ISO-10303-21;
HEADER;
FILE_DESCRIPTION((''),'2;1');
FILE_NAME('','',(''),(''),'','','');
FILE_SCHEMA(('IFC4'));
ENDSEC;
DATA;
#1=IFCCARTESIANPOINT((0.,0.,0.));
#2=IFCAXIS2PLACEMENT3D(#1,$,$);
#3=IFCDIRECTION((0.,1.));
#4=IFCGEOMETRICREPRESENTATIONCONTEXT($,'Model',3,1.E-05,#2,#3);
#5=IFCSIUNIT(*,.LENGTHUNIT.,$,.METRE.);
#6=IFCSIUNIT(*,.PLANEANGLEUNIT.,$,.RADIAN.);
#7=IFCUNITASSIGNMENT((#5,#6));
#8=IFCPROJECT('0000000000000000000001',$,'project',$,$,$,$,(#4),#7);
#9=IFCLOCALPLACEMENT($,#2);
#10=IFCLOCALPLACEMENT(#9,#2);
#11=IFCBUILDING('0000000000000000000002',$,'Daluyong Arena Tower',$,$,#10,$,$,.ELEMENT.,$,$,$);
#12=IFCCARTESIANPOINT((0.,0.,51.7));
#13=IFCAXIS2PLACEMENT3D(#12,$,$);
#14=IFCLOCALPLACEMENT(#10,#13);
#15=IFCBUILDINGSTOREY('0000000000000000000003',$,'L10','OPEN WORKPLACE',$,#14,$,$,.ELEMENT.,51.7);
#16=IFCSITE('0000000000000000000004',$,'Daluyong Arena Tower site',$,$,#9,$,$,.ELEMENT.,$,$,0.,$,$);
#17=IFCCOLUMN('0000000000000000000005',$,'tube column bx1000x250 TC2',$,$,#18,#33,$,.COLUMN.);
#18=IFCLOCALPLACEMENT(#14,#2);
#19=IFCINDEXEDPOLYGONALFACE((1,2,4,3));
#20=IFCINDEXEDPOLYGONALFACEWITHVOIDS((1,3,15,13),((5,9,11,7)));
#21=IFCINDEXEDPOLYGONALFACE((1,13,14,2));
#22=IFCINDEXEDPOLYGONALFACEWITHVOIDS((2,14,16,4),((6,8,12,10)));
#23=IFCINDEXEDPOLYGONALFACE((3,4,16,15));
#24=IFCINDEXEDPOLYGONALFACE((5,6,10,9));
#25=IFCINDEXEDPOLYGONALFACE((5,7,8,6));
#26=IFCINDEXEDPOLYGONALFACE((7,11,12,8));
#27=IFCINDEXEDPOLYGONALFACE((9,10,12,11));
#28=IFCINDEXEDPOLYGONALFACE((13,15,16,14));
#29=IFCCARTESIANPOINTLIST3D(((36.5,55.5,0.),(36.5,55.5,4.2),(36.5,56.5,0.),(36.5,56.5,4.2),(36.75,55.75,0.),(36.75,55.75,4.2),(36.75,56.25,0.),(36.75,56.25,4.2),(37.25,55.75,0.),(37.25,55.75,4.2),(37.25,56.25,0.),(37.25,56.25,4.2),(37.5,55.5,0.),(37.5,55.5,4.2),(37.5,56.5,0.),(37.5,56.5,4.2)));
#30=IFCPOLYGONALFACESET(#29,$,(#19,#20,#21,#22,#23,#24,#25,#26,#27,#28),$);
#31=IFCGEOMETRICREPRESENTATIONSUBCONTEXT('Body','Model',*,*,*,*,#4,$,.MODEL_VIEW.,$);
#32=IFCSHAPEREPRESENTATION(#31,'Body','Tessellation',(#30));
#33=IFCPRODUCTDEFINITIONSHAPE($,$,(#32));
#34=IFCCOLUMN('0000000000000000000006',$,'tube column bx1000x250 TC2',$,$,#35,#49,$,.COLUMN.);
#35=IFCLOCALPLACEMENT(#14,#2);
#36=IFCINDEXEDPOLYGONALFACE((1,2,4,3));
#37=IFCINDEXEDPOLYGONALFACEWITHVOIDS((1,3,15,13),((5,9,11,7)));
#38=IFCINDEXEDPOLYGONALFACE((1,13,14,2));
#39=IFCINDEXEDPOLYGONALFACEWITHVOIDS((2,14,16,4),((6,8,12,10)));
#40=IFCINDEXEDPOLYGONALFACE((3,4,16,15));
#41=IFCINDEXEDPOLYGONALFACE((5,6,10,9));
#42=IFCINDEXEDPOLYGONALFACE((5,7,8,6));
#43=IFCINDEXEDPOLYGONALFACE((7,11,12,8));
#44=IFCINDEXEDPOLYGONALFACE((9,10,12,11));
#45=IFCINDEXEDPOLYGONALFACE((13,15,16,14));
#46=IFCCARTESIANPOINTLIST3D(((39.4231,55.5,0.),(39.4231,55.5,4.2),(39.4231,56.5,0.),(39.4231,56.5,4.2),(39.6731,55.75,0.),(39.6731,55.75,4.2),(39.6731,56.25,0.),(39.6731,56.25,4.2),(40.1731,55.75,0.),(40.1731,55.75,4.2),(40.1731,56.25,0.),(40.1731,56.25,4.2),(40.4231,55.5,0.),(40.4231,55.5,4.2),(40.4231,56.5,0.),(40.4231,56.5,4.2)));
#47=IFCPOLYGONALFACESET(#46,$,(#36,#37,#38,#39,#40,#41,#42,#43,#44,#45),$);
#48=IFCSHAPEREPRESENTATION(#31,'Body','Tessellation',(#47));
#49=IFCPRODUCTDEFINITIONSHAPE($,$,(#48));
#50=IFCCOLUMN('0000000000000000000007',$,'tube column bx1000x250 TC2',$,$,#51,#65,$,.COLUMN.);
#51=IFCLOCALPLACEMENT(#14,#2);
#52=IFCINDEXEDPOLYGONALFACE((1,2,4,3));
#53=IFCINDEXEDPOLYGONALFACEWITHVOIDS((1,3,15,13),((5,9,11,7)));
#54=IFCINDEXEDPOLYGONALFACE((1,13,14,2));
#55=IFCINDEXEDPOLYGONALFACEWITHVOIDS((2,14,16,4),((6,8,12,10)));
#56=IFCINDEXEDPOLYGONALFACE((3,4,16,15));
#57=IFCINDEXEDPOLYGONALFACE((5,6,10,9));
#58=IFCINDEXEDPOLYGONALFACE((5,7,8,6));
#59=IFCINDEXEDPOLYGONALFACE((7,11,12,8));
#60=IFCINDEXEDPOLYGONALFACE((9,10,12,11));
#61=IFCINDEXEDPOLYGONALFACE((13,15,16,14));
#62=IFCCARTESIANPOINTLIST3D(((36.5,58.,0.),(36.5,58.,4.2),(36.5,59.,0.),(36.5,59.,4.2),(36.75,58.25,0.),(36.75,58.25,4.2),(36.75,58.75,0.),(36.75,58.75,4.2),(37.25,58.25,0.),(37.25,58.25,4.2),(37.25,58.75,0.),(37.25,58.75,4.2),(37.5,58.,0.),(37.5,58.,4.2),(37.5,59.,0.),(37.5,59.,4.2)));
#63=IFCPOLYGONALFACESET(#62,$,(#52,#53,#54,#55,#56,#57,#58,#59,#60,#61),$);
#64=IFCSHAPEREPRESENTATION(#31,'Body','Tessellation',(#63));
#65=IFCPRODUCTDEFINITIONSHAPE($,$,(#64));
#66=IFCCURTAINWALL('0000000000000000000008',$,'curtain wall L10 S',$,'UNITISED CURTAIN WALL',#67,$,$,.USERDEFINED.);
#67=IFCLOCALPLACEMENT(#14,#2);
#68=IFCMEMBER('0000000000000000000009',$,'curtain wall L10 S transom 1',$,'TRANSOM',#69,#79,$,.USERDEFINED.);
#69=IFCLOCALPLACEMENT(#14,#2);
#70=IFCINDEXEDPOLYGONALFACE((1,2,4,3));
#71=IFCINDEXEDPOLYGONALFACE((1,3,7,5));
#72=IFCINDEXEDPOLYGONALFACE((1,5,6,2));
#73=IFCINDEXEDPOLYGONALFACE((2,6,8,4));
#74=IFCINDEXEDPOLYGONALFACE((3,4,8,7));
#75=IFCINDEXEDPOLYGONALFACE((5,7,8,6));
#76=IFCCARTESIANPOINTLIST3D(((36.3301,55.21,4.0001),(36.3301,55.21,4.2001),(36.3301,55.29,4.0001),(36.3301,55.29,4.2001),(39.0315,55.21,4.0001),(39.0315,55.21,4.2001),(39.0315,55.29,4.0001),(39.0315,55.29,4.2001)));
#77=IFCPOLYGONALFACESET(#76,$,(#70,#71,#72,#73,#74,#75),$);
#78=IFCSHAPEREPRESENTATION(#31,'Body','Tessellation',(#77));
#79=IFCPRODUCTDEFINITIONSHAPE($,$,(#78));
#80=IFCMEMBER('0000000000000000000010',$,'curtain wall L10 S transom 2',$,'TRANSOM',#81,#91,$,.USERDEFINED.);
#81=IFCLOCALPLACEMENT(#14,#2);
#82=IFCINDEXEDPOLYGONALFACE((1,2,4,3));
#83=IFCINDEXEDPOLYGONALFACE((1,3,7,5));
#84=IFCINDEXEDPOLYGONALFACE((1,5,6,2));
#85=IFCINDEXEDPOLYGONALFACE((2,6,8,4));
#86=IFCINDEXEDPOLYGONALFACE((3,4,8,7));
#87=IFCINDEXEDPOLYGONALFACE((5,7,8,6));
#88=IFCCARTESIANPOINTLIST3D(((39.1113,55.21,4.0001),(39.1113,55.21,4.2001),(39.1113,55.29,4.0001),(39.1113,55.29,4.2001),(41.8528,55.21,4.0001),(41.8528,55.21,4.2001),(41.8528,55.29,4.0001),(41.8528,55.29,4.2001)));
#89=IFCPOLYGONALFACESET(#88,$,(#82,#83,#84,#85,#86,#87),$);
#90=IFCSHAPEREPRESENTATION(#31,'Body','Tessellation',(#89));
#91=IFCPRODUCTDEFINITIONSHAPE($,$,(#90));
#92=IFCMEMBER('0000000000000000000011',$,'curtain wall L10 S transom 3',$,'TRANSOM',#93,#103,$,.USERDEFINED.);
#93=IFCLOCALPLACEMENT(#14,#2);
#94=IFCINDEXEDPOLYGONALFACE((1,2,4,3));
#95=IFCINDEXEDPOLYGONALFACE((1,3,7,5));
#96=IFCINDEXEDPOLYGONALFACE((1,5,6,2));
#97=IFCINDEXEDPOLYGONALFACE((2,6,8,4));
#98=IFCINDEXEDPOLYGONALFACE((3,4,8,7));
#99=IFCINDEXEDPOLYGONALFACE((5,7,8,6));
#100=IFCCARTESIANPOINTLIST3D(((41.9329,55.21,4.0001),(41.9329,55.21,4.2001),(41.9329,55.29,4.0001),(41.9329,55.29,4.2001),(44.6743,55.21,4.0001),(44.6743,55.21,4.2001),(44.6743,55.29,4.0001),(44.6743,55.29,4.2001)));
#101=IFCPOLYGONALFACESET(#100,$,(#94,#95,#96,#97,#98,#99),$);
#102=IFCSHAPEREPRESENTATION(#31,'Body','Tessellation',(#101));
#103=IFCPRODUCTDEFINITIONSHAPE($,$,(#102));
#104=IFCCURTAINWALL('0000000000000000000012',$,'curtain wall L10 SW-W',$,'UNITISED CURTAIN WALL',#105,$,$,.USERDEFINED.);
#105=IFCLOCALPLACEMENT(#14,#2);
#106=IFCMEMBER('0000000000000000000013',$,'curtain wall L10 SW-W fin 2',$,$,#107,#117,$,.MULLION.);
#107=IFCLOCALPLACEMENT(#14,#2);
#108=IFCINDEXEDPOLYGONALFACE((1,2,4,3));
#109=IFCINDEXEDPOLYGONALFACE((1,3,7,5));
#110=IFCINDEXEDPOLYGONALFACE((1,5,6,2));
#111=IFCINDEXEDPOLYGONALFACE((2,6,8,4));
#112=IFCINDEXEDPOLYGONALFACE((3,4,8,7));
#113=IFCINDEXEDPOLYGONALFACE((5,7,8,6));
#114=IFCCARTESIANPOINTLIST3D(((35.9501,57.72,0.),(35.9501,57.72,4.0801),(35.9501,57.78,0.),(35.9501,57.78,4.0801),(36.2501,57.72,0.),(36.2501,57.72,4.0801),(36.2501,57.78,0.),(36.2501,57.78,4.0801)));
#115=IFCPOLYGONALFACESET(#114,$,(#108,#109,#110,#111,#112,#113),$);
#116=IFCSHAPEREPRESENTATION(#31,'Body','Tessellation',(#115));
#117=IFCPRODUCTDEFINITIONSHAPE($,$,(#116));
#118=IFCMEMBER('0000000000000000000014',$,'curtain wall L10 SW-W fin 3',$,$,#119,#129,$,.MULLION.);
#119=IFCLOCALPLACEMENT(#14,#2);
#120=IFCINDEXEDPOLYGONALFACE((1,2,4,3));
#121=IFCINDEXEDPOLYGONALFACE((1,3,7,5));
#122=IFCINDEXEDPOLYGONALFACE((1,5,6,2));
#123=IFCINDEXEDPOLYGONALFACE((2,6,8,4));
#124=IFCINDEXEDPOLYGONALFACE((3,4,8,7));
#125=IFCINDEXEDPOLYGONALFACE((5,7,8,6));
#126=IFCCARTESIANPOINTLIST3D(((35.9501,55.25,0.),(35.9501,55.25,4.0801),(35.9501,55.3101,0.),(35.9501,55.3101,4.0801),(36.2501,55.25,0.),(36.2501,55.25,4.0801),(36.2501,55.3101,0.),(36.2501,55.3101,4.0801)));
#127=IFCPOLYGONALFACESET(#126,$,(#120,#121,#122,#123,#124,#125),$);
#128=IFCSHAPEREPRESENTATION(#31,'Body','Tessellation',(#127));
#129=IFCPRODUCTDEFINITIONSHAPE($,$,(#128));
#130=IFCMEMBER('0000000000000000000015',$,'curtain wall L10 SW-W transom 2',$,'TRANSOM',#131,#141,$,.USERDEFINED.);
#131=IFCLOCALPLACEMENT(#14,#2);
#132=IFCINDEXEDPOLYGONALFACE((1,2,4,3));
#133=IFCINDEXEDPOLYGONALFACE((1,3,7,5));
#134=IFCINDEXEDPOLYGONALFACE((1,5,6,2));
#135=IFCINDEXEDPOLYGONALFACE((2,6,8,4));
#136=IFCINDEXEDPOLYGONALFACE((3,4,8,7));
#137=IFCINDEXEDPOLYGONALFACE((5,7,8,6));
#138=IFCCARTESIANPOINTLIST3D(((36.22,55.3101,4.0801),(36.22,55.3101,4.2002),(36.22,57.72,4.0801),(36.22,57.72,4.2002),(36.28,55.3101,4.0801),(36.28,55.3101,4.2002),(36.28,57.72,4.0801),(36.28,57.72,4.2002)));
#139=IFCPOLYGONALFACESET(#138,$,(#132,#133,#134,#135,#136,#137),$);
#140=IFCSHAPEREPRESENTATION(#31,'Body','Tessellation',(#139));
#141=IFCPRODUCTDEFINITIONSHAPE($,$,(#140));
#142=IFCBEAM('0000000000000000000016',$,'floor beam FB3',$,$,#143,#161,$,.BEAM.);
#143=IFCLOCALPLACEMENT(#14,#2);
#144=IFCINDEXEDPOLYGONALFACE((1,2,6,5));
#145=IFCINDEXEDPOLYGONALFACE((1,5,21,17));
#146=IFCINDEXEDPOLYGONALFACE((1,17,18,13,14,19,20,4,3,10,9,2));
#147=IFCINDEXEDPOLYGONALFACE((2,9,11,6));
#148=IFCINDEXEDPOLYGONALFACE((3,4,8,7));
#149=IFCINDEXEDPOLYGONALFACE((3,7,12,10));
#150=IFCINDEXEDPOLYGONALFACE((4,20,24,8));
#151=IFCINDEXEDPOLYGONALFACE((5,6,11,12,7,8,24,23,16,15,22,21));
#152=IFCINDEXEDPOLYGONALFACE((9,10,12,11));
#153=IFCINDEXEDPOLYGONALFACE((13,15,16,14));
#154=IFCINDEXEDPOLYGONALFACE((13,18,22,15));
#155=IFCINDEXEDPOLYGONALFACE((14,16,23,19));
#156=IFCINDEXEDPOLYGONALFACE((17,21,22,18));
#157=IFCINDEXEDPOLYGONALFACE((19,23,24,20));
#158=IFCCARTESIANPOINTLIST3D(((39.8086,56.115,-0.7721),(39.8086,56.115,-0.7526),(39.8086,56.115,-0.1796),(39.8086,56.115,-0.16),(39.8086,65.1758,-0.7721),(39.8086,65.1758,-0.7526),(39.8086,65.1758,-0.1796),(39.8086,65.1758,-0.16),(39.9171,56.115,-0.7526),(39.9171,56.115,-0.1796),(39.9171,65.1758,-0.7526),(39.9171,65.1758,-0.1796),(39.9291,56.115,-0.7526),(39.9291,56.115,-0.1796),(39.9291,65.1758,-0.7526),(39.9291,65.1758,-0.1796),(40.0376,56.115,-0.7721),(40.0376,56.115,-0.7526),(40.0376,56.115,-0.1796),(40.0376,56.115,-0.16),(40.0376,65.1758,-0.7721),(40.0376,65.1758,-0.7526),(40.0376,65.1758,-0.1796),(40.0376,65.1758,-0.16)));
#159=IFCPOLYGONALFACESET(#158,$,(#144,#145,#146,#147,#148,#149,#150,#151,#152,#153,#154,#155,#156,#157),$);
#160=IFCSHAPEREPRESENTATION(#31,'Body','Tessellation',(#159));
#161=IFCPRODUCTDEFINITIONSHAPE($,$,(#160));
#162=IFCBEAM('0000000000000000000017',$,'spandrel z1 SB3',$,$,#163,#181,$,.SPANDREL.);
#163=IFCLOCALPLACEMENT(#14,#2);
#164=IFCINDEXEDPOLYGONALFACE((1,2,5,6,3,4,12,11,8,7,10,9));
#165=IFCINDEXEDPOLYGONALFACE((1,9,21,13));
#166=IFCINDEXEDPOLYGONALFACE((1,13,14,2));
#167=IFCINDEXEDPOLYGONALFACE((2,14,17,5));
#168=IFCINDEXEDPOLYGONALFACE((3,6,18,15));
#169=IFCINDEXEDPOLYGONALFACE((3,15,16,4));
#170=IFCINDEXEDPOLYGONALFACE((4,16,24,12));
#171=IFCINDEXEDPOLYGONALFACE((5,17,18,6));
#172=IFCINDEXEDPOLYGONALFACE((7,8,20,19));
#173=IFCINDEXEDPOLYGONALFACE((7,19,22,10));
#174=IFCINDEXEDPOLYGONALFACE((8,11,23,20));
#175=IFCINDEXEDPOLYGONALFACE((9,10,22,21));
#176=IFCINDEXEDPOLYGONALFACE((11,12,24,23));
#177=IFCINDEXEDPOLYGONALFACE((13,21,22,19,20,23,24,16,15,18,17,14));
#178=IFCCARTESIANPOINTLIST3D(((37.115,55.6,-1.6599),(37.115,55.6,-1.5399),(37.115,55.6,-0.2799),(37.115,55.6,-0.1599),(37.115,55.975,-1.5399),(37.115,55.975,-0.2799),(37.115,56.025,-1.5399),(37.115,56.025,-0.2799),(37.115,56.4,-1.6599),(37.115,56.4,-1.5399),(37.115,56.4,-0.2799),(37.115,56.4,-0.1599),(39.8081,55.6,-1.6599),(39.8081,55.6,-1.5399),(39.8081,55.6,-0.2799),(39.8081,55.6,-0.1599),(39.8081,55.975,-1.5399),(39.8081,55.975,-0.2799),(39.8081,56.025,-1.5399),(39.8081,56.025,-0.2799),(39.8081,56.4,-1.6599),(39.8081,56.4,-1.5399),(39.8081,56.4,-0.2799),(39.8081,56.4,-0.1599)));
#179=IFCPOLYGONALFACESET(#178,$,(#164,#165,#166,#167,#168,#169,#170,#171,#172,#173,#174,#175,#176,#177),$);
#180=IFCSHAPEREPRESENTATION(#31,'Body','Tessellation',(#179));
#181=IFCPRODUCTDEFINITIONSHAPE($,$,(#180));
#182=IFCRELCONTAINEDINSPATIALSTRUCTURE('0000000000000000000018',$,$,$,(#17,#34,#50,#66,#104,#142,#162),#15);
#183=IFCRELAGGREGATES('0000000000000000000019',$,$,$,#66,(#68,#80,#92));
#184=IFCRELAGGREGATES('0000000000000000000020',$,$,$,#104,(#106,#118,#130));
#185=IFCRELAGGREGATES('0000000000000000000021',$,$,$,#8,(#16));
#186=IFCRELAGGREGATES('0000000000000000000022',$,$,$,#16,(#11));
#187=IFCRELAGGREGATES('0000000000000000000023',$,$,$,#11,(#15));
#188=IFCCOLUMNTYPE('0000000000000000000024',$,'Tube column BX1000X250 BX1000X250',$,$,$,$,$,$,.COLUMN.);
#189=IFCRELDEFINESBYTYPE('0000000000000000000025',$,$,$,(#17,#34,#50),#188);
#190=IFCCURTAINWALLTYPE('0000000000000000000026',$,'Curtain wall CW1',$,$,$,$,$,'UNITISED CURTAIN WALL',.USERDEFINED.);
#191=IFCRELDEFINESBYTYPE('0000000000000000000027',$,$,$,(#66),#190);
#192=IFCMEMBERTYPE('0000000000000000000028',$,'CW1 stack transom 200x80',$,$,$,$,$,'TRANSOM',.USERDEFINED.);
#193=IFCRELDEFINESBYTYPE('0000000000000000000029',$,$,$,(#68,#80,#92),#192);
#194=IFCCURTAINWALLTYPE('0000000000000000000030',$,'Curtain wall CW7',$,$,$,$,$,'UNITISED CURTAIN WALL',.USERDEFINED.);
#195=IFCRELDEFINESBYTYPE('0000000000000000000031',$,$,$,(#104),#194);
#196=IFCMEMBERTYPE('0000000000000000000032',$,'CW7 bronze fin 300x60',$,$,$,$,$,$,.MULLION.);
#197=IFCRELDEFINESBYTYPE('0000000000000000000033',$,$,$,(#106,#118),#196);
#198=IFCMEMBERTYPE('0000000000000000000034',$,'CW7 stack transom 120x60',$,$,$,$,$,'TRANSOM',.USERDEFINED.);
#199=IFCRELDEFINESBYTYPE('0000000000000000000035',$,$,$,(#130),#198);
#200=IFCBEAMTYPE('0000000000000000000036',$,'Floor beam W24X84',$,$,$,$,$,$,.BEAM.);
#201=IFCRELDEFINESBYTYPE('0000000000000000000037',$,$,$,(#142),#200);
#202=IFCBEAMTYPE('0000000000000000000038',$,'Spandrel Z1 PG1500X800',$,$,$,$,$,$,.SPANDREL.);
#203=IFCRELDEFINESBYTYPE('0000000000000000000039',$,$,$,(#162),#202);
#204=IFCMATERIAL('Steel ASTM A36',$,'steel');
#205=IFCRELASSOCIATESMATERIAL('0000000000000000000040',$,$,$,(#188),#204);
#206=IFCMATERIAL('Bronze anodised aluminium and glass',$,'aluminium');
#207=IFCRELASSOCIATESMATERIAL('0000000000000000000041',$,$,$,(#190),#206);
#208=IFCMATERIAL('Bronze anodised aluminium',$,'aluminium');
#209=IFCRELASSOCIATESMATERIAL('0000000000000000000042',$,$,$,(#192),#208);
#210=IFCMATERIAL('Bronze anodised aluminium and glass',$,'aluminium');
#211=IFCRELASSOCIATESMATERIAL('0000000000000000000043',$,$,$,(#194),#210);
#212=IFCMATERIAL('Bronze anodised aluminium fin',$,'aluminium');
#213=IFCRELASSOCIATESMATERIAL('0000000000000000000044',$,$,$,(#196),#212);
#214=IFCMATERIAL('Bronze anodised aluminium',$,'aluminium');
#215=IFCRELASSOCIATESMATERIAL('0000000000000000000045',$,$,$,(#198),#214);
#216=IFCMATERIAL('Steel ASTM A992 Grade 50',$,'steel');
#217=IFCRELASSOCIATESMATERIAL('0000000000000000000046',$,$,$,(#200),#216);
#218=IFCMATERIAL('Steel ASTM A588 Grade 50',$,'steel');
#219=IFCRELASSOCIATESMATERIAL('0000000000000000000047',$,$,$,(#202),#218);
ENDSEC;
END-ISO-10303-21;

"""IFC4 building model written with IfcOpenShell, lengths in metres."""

from ifc_helpers import new_model, si_unit, direction, frame, origin, origin_2d, place, context, subcontext, project, spatial, rectangle, hollow_rectangle, i_section, extrude, material, material_profile, profile_set, type_object, element, aggregate, save


model = new_model("IFC4")

# Units and contexts
model_context = context("Model", 3, precision=1e-05, world=origin(), true_north=direction((0.0, 1.0)))
body_context = subcontext(model_context, "Body", "Model", "MODEL_VIEW")
ifc_project = project(units=[si_unit("LENGTHUNIT", "METRE"), si_unit("PLANEANGLEUNIT", "RADIAN")], contexts=[model_context])

# Site, building, storey
site_placement = place(None, origin())
site = spatial("IfcSite", under=ifc_project, at=site_placement, Name="Daluyong Arena Tower site", CompositionType="ELEMENT", RefElevation=0.0)
building_placement = place(site_placement, origin())
building = spatial("IfcBuilding", under=site, at=building_placement, Name="Daluyong Arena Tower", CompositionType="ELEMENT")
storey_placement = place(building_placement, frame((0.0, 0.0, 51.7)))
storey = spatial("IfcBuildingStorey", under=building, at=storey_placement, Name="L10", Description="OPEN WORKPLACE", CompositionType="ELEMENT", Elevation=51.7)

# Columns
ifc_material_1 = material(Name="Steel ASTM A36", Category="steel")
ifc_material_profile_1 = material_profile(ifc_material_1, hollow_rectangle(XDim=1.0, YDim=1.0, WallThickness=0.25, at=origin_2d()))
ifc_profile_set_1 = profile_set([ifc_material_profile_1], Name="Steel ASTM A36")
column_type = type_object("IfcColumnType", Name="Tube column BX1000X250 BX1000X250", PredefinedType="COLUMN", material=ifc_profile_set_1)
for number, where, z_axis, x_axis, name in (
    (1, (37.0, 56.0, 0.0), (0.0, 0.0, 1.0), (1.0, 0.0, 0.0), "tube column bx1000x250 TC2"),
    (2, (39.9231, 56.0, 0.0), (0.0, 0.0, 1.0), (1.0, 0.0, 0.0), "tube column bx1000x250 TC2"),
    (3, (37.0, 58.5, 0.0), (0.0, 0.0, 1.0), (0.0, 1.0, 0.0), "tube column bx1000x250 TC2"),
):
    element("IfcColumn", number, at=place(storey_placement, frame(where, z_axis=z_axis, x_axis=x_axis)), inside=storey, type_object=column_type, Name=name, PredefinedType="COLUMN", context=body_context, shape_type="SweptSolid", body=[
        extrude(hollow_rectangle(XDim=1.0, YDim=1.0, WallThickness=0.25, at=origin_2d()), origin(), (0.0, 0.0, 1.0), 4.2),
    ])

# Curtain walls, members
ifc_material_2 = material(Name="Bronze anodised aluminium and glass", Category="aluminium")
curtain_wall_type_1 = type_object("IfcCurtainWallType", Name="Curtain wall CW1", ElementType="UNITISED CURTAIN WALL", PredefinedType="USERDEFINED", material=ifc_material_2)
curtain_wall_1_placement = place(storey_placement, origin())
curtain_wall_1 = element("IfcCurtainWall", 4, at=curtain_wall_1_placement, inside=storey, type_object=curtain_wall_type_1, Name="curtain wall L10 S", ObjectType="UNITISED CURTAIN WALL", PredefinedType="USERDEFINED")
ifc_material_3 = material(Name="Bronze anodised aluminium", Category="aluminium")
ifc_material_profile_2 = material_profile(ifc_material_3, rectangle(XDim=0.0801, YDim=0.2, at=origin_2d()))
ifc_profile_set_2 = profile_set([ifc_material_profile_2], Name="Bronze anodised aluminium")
member_type_1 = type_object("IfcMemberType", Name="CW1 stack transom 200x80", ElementType="TRANSOM", PredefinedType="USERDEFINED", material=ifc_profile_set_2)
member_1_placement = place(storey_placement, frame((36.3301, 55.25, 4.1001), z_axis=(1.0, 0.0, 0.0), x_axis=(0.0, 1.0, 0.0)))
member_1 = element("IfcMember", 5, at=member_1_placement, type_object=member_type_1, Name="curtain wall L10 S transom 1", ObjectType="TRANSOM", PredefinedType="USERDEFINED", context=body_context, shape_type="SweptSolid", body=[
    extrude(rectangle(XDim=0.0801, YDim=0.2, at=origin_2d()), origin(), (0.0, 0.0, 1.0), 2.7014),
])
member_2_placement = place(storey_placement, frame((39.1113, 55.25, 4.1001), z_axis=(1.0, 0.0, 0.0), x_axis=(0.0, 1.0, 0.0)))
member_2 = element("IfcMember", 6, at=member_2_placement, type_object=member_type_1, Name="curtain wall L10 S transom 2", ObjectType="TRANSOM", PredefinedType="USERDEFINED", context=body_context, shape_type="SweptSolid", body=[
    extrude(rectangle(XDim=0.0801, YDim=0.2, at=origin_2d()), origin(), (0.0, 0.0, 1.0), 2.7415),
])
member_3_placement = place(storey_placement, frame((41.9329, 55.25, 4.1001), z_axis=(1.0, 0.0, 0.0), x_axis=(0.0, 1.0, 0.0)))
member_3 = element("IfcMember", 7, at=member_3_placement, type_object=member_type_1, Name="curtain wall L10 S transom 3", ObjectType="TRANSOM", PredefinedType="USERDEFINED", context=body_context, shape_type="SweptSolid", body=[
    extrude(rectangle(XDim=0.0801, YDim=0.2, at=origin_2d()), origin(), (0.0, 0.0, 1.0), 2.7415),
])
ifc_material_4 = material(Name="Bronze anodised aluminium and glass", Category="aluminium")
curtain_wall_type_2 = type_object("IfcCurtainWallType", Name="Curtain wall CW7", ElementType="UNITISED CURTAIN WALL", PredefinedType="USERDEFINED", material=ifc_material_4)
curtain_wall_2_placement = place(storey_placement, origin())
curtain_wall_2 = element("IfcCurtainWall", 8, at=curtain_wall_2_placement, inside=storey, type_object=curtain_wall_type_2, Name="curtain wall L10 SW-W", ObjectType="UNITISED CURTAIN WALL", PredefinedType="USERDEFINED")
ifc_material_5 = material(Name="Bronze anodised aluminium fin", Category="aluminium")
ifc_material_profile_3 = material_profile(ifc_material_5, rectangle(XDim=0.3, YDim=0.0601, at=origin_2d()))
ifc_profile_set_3 = profile_set([ifc_material_profile_3], Name="Bronze anodised aluminium fin")
member_type_2 = type_object("IfcMemberType", Name="CW7 bronze fin 300x60", PredefinedType="MULLION", material=ifc_profile_set_3)
member_4_placement = place(storey_placement, frame((36.1001, 57.75, 0.0), z_axis=(0.0, 0.0, 1.0), x_axis=(1.0, 0.0, 0.0)))
member_4 = element("IfcMember", 9, at=member_4_placement, type_object=member_type_2, Name="curtain wall L10 SW-W fin 2", PredefinedType="MULLION", context=body_context, shape_type="SweptSolid", body=[
    extrude(rectangle(XDim=0.3, YDim=0.0601, at=origin_2d()), origin(), (0.0, 0.0, 1.0), 4.0801),
])
member_5_placement = place(storey_placement, frame((36.1001, 55.28, 0.0), z_axis=(0.0, 0.0, 1.0), x_axis=(1.0, 0.0, 0.0)))
member_5 = element("IfcMember", 10, at=member_5_placement, type_object=member_type_2, Name="curtain wall L10 SW-W fin 3", PredefinedType="MULLION", context=body_context, shape_type="SweptSolid", body=[
    extrude(rectangle(XDim=0.3, YDim=0.0601, at=origin_2d()), origin(), (0.0, 0.0, 1.0), 4.0801),
])
ifc_material_6 = material(Name="Bronze anodised aluminium", Category="aluminium")
ifc_material_profile_4 = material_profile(ifc_material_6, rectangle(XDim=0.0601, YDim=0.1201, at=origin_2d()))
ifc_profile_set_4 = profile_set([ifc_material_profile_4], Name="Bronze anodised aluminium")
member_type_3 = type_object("IfcMemberType", Name="CW7 stack transom 120x60", ElementType="TRANSOM", PredefinedType="USERDEFINED", material=ifc_profile_set_4)
member_6_placement = place(storey_placement, frame((36.25, 57.72, 4.1401), z_axis=(0.0, -1.0, 0.0), x_axis=(1.0, 0.0, 0.0)))
member_6 = element("IfcMember", 11, at=member_6_placement, type_object=member_type_3, Name="curtain wall L10 SW-W transom 2", ObjectType="TRANSOM", PredefinedType="USERDEFINED", context=body_context, shape_type="SweptSolid", body=[
    extrude(rectangle(XDim=0.0601, YDim=0.1201, at=origin_2d()), origin(), (0.0, 0.0, 1.0), 2.4099),
])

# Beams
ifc_material_7 = material(Name="Steel ASTM A992 Grade 50", Category="steel")
ifc_material_profile_5 = material_profile(ifc_material_7, i_section(OverallWidth=0.229, OverallDepth=0.6121, WebThickness=0.012, FlangeThickness=0.0195, at=origin_2d()))
ifc_profile_set_5 = profile_set([ifc_material_profile_5], Name="Steel ASTM A992 Grade 50")
beam_type_1 = type_object("IfcBeamType", Name="Floor beam W24X84", PredefinedType="BEAM", material=ifc_profile_set_5)
beam_1_placement = place(storey_placement, frame((39.9231, 56.115, -0.4661), z_axis=(0.0, 1.0, 0.0), x_axis=(-1.0, 0.0, 0.0)))
element("IfcBeam", 12, at=beam_1_placement, inside=storey, type_object=beam_type_1, Name="floor beam FB3", PredefinedType="BEAM", context=body_context, shape_type="SweptSolid", body=[
    extrude(i_section(OverallWidth=0.229, OverallDepth=0.6121, WebThickness=0.012, FlangeThickness=0.0195, at=origin_2d()), origin(), (0.0, 0.0, 1.0), 9.0608),
])
ifc_material_8 = material(Name="Steel ASTM A588 Grade 50", Category="steel")
ifc_material_profile_6 = material_profile(ifc_material_8, i_section(OverallWidth=0.8, OverallDepth=1.5, WebThickness=0.05, FlangeThickness=0.12, at=origin_2d()))
ifc_profile_set_6 = profile_set([ifc_material_profile_6], Name="Steel ASTM A588 Grade 50")
beam_type_2 = type_object("IfcBeamType", Name="Spandrel Z1 PG1500X800", PredefinedType="SPANDREL", material=ifc_profile_set_6)
for number, where, z_axis, x_axis, name in (
    (13, (37.115, 56.0, -0.9099), (1.0, 0.0, 0.0), (0.0, 1.0, 0.0), "spandrel z1 SB3"),
):
    element("IfcBeam", number, at=place(storey_placement, frame(where, z_axis=z_axis, x_axis=x_axis)), inside=storey, type_object=beam_type_2, Name=name, PredefinedType="SPANDREL", context=body_context, shape_type="SweptSolid", body=[
        extrude(i_section(OverallWidth=0.8, OverallDepth=1.5, WebThickness=0.05, FlangeThickness=0.12, at=origin_2d()), origin(), (0.0, 0.0, 1.0), 2.6931),
    ])

aggregate(curtain_wall_1, [member_1, member_2, member_3])
aggregate(curtain_wall_2, [member_4, member_5, member_6])

save(model, "model.ifc")
